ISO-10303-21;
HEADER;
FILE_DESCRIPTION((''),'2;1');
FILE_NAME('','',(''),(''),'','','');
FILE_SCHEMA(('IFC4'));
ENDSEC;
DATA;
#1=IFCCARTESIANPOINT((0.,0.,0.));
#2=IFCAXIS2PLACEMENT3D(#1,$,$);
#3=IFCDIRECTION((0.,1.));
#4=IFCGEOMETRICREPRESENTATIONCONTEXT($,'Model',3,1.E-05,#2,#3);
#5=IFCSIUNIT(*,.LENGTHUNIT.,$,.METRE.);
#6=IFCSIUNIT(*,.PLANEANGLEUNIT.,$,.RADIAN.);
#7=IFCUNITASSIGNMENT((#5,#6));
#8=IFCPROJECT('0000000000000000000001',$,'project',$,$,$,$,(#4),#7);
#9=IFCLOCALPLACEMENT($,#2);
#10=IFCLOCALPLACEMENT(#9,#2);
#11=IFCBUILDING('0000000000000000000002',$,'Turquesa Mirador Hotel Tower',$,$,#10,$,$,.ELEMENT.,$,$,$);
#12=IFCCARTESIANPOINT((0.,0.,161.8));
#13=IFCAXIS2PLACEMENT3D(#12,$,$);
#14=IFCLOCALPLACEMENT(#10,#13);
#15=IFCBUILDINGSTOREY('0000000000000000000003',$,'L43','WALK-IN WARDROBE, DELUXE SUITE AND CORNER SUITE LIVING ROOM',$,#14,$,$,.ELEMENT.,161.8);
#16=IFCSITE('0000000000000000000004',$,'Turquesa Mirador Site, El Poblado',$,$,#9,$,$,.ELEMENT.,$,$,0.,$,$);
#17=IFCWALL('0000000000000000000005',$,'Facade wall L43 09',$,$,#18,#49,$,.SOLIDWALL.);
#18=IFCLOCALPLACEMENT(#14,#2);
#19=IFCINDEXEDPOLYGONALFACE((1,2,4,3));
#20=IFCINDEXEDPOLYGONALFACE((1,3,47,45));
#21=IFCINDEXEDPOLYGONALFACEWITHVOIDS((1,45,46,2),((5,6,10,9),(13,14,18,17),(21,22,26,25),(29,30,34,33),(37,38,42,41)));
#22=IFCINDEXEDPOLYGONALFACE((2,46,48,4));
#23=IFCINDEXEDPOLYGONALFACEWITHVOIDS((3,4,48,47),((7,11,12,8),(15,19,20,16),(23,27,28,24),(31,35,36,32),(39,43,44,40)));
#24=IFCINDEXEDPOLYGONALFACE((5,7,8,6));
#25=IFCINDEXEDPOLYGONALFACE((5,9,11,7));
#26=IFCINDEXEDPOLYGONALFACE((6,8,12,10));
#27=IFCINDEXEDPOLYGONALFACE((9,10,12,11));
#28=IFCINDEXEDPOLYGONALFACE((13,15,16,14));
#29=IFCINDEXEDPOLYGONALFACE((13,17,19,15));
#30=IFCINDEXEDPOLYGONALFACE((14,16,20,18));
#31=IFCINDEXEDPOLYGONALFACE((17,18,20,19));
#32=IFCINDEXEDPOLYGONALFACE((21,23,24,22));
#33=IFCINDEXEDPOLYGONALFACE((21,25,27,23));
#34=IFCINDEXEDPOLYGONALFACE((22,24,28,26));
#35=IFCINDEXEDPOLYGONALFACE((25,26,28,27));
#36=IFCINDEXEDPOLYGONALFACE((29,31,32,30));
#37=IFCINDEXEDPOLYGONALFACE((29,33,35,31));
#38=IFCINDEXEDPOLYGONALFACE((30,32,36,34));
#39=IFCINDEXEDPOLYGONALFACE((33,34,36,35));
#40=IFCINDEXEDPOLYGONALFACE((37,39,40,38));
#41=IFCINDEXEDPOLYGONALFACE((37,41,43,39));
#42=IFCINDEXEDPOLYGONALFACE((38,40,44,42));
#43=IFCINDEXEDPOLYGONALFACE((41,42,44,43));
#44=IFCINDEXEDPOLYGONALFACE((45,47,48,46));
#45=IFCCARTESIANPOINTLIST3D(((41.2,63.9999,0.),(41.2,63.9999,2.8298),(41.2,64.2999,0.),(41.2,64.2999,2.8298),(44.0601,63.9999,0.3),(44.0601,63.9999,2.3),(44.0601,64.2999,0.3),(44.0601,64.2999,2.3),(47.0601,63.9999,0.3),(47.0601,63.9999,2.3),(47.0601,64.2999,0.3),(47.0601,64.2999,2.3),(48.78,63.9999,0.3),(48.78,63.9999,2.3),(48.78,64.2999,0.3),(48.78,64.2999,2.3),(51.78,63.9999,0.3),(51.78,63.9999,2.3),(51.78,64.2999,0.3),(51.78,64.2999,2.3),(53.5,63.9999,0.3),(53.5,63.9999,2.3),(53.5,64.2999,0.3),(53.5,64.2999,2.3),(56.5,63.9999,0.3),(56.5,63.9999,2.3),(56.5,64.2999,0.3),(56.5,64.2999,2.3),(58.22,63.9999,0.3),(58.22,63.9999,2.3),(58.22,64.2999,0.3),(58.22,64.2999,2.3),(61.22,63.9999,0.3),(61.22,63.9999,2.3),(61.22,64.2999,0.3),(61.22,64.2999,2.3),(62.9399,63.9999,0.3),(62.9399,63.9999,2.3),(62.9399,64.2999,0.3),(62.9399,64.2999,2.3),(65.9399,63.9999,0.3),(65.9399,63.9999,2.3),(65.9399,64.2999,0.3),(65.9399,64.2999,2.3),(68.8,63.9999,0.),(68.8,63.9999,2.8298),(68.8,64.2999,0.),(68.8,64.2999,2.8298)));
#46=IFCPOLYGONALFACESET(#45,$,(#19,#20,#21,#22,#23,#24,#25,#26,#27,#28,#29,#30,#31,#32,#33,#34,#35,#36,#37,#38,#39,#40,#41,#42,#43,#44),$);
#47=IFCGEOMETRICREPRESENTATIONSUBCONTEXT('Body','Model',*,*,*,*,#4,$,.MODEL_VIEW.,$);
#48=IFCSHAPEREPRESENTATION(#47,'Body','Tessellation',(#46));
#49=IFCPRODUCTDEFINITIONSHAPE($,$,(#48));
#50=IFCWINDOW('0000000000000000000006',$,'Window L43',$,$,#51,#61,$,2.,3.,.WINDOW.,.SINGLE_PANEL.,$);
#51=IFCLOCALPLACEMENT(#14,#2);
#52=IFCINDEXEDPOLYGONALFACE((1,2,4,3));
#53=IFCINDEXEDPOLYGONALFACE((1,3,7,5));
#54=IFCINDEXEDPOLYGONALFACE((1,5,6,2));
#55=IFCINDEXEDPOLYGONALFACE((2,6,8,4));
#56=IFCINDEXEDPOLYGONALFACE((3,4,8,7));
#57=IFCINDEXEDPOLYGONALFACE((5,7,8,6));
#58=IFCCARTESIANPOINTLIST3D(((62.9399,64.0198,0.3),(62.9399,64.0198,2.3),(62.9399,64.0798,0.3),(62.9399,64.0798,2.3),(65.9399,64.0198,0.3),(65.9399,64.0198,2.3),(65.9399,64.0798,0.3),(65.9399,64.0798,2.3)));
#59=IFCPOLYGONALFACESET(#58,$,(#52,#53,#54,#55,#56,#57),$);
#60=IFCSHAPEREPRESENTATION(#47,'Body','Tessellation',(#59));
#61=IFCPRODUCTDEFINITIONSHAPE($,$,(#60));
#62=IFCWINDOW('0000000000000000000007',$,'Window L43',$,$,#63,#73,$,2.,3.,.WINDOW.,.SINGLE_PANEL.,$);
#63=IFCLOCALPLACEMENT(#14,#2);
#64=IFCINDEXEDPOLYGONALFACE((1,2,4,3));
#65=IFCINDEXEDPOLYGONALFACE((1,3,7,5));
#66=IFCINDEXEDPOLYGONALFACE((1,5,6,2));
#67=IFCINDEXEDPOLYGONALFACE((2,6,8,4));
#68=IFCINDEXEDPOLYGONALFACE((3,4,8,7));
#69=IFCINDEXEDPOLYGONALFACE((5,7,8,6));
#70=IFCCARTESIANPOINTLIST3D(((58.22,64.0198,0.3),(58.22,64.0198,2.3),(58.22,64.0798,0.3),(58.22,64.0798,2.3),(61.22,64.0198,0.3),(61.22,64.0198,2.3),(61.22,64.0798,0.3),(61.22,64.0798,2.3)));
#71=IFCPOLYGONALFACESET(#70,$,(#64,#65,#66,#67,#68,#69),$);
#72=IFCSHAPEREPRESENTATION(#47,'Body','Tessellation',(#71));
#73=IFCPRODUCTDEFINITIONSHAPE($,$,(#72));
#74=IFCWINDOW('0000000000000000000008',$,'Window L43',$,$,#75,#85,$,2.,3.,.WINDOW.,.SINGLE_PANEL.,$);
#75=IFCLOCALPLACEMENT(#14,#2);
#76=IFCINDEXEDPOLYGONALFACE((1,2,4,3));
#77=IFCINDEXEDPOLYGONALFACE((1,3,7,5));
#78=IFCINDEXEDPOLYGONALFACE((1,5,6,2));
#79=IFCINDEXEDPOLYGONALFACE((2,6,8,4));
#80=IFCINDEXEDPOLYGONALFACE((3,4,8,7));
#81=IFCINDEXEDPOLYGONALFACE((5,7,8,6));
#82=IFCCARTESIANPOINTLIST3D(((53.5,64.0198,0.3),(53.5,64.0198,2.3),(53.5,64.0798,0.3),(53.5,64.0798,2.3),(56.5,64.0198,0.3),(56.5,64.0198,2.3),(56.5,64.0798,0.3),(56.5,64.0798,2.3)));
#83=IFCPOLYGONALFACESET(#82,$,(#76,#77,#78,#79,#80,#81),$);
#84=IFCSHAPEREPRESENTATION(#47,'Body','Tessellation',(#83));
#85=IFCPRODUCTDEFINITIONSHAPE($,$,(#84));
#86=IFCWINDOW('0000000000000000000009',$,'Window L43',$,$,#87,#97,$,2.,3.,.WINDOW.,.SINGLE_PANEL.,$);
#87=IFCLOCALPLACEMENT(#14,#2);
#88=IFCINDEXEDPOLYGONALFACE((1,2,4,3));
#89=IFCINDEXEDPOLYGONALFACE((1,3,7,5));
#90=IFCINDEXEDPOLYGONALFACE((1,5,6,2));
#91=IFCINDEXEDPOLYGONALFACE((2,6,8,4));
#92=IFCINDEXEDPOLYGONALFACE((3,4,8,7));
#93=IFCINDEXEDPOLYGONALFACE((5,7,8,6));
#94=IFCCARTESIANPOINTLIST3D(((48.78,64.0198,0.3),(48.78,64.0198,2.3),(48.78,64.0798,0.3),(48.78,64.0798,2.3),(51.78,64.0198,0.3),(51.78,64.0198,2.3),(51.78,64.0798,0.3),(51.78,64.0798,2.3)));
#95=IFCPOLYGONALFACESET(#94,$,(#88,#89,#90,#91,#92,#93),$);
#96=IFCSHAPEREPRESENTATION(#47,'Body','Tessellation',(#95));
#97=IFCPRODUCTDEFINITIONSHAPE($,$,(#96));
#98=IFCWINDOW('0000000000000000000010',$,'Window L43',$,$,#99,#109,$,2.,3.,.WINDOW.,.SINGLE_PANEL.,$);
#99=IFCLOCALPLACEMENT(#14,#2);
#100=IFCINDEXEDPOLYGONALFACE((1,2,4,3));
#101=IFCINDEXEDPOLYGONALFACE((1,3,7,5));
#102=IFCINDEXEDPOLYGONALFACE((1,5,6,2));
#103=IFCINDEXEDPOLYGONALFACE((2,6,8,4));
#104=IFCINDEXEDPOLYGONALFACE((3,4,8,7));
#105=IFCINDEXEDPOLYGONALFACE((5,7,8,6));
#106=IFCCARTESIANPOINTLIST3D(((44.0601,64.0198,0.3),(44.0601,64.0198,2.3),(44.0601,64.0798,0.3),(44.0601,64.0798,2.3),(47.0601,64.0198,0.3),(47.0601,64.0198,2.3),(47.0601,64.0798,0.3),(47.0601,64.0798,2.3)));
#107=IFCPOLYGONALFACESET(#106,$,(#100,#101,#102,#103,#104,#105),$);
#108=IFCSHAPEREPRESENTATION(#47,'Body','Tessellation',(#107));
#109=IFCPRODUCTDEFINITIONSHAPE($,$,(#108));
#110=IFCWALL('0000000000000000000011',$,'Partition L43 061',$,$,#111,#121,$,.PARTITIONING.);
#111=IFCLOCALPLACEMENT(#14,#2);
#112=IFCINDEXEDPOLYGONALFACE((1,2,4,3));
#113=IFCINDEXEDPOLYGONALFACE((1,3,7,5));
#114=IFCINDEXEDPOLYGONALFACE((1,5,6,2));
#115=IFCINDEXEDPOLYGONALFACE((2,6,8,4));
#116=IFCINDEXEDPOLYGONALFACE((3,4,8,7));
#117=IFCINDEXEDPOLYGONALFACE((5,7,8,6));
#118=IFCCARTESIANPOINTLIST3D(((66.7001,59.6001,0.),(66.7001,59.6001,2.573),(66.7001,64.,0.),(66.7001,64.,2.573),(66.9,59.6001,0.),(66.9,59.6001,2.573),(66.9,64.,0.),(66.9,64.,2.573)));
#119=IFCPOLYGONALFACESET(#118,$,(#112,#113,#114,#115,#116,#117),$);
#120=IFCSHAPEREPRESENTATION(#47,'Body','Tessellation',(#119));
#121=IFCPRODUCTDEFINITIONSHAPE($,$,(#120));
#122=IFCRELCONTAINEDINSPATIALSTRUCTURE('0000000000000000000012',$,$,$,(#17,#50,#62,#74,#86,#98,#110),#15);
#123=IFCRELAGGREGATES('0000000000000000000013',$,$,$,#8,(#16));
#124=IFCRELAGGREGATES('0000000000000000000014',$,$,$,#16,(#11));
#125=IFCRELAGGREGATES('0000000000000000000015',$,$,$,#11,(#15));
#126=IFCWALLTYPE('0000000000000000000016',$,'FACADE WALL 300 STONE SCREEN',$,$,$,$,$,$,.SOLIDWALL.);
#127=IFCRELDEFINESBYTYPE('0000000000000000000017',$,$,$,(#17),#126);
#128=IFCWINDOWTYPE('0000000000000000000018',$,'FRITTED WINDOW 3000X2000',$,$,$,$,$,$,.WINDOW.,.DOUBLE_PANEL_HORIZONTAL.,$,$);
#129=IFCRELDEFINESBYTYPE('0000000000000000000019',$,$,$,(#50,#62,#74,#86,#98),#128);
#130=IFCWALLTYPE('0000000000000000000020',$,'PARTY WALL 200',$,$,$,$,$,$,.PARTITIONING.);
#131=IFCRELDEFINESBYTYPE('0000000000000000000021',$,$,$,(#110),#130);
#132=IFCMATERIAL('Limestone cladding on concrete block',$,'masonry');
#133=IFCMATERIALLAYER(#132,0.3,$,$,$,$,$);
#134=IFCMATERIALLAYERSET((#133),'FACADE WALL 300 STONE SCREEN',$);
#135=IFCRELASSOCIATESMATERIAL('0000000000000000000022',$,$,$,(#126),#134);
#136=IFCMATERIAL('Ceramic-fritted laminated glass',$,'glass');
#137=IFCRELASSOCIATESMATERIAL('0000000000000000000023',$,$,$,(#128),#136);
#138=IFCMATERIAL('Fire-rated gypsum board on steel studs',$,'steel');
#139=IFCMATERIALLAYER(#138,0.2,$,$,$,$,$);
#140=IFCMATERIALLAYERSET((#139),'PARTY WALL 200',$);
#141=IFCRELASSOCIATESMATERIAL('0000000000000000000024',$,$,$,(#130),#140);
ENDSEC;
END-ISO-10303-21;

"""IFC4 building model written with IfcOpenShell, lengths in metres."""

from ifc_helpers import new_model, si_unit, direction, frame, frame_2d, origin, place, context, subcontext, project, spatial, rectangle, extrude, material, layer, layer_set, type_object, element, fill, save


model = new_model("IFC4")

# Units and contexts
model_context = context("Model", 3, precision=1e-05, world=origin(), true_north=direction((0.0, 1.0)))
body_context = subcontext(model_context, "Body", "Model", "MODEL_VIEW")
ifc_project = project(units=[si_unit("LENGTHUNIT", "METRE"), si_unit("PLANEANGLEUNIT", "RADIAN")], contexts=[model_context])

# Site, building, storey
site_placement = place(None, origin())
site = spatial("IfcSite", under=ifc_project, at=site_placement, Name="Turquesa Mirador Site, El Poblado", CompositionType="ELEMENT", RefElevation=0.0)
building_placement = place(site_placement, origin())
building = spatial("IfcBuilding", under=site, at=building_placement, Name="Turquesa Mirador Hotel Tower", CompositionType="ELEMENT")
storey_placement = place(building_placement, frame((0.0, 0.0, 161.8)))
storey = spatial("IfcBuildingStorey", under=building, at=storey_placement, Name="L43", Description="WALK-IN WARDROBE, DELUXE SUITE AND CORNER SUITE LIVING ROOM", CompositionType="ELEMENT", Elevation=161.8)

# Shared definitions
ifc_material_1 = material(Name="Limestone cladding on concrete block", Category="masonry")
ifc_layer_1 = layer(ifc_material_1, 0.3)
ifc_layer_set_1 = layer_set([ifc_layer_1], Name="FACADE WALL 300 STONE SCREEN")
wall_type_1 = type_object("IfcWallType", Name="FACADE WALL 300 STONE SCREEN", PredefinedType="SOLIDWALL", material=ifc_layer_set_1)

# Wall, openings, windows
wall_1_placement = place(storey_placement, frame((68.8, 64.1499, 0.0), z_axis=(0.0, 0.0, 1.0), x_axis=(-1.0, 0.0, 0.0)))
wall_1 = element("IfcWall", 1, at=wall_1_placement, inside=storey, type_object=wall_type_1, Name="Facade wall L43 09", PredefinedType="SOLIDWALL", context=body_context, shape_type="SweptSolid", body=[
    extrude(rectangle(XDim=27.6001, YDim=0.3, at=frame_2d((13.8, 0.0))), origin(), (0.0, 0.0, 1.0), 2.8298),
])
opening_1_placement = place(wall_1_placement, frame((2.8601, 0.0, 0.3)))
opening_1 = element("IfcOpeningElement", 2, at=opening_1_placement, cuts=wall_1, PredefinedType="OPENING", context=body_context, shape_type="SweptSolid", body=[
    extrude(rectangle(XDim=3.0, YDim=2.0, at=frame_2d((1.5, 1.0))), frame((0.0, 0.1599, 0.0), z_axis=(0.0, -1.0, 0.0), x_axis=(1.0, 0.0, 0.0)), (0.0, 0.0, 1.0), 0.3201),
])
opening_2_placement = place(wall_1_placement, frame((7.5801, 0.0, 0.3)))
opening_2 = element("IfcOpeningElement", 3, at=opening_2_placement, cuts=wall_1, PredefinedType="OPENING", context=body_context, shape_type="SweptSolid", body=[
    extrude(rectangle(XDim=3.0, YDim=2.0, at=frame_2d((1.5, 1.0))), frame((0.0, 0.1599, 0.0), z_axis=(0.0, -1.0, 0.0), x_axis=(1.0, 0.0, 0.0)), (0.0, 0.0, 1.0), 0.3201),
])
opening_3_placement = place(wall_1_placement, frame((12.3, 0.0, 0.3)))
opening_3 = element("IfcOpeningElement", 4, at=opening_3_placement, cuts=wall_1, PredefinedType="OPENING", context=body_context, shape_type="SweptSolid", body=[
    extrude(rectangle(XDim=3.0, YDim=2.0, at=frame_2d((1.5, 1.0))), frame((0.0, 0.1599, 0.0), z_axis=(0.0, -1.0, 0.0), x_axis=(1.0, 0.0, 0.0)), (0.0, 0.0, 1.0), 0.3201),
])
opening_4_placement = place(wall_1_placement, frame((17.02, 0.0, 0.3)))
opening_4 = element("IfcOpeningElement", 5, at=opening_4_placement, cuts=wall_1, PredefinedType="OPENING", context=body_context, shape_type="SweptSolid", body=[
    extrude(rectangle(XDim=3.0, YDim=2.0, at=frame_2d((1.5, 1.0))), frame((0.0, 0.1599, 0.0), z_axis=(0.0, -1.0, 0.0), x_axis=(1.0, 0.0, 0.0)), (0.0, 0.0, 1.0), 0.3201),
])
opening_5_placement = place(wall_1_placement, frame((21.74, 0.0, 0.3)))
opening_5 = element("IfcOpeningElement", 6, at=opening_5_placement, cuts=wall_1, PredefinedType="OPENING", context=body_context, shape_type="SweptSolid", body=[
    extrude(rectangle(XDim=3.0, YDim=2.0, at=frame_2d((1.5, 1.0))), frame((0.0, 0.1599, 0.0), z_axis=(0.0, -1.0, 0.0), x_axis=(1.0, 0.0, 0.0)), (0.0, 0.0, 1.0), 0.3201),
])
ifc_material_2 = material(Name="Ceramic-fritted laminated glass", Category="glass")
window_type_1 = type_object("IfcWindowType", Name="FRITTED WINDOW 3000X2000", PartitioningType="DOUBLE_PANEL_HORIZONTAL", PredefinedType="WINDOW", material=ifc_material_2)
window_1_placement = place(opening_1_placement, origin())
window_1 = element("IfcWindow", 7, at=window_1_placement, inside=storey, type_object=window_type_1, Name="Window L43", OverallHeight=2.0, OverallWidth=3.0, PartitioningType="SINGLE_PANEL", PredefinedType="WINDOW", context=body_context, shape_type="SweptSolid", body=[
    extrude(rectangle(XDim=3.0, YDim=2.0, at=frame_2d((1.5, 1.0))), frame((0.0, 0.1301, 0.0), z_axis=(0.0, -1.0, 0.0), x_axis=(1.0, 0.0, 0.0)), (0.0, 0.0, 1.0), 0.0601),
])
fill(opening_1, window_1)
window_2_placement = place(opening_2_placement, origin())
window_2 = element("IfcWindow", 8, at=window_2_placement, inside=storey, type_object=window_type_1, Name="Window L43", OverallHeight=2.0, OverallWidth=3.0, PartitioningType="SINGLE_PANEL", PredefinedType="WINDOW", context=body_context, shape_type="SweptSolid", body=[
    extrude(rectangle(XDim=3.0, YDim=2.0, at=frame_2d((1.5, 1.0))), frame((0.0, 0.1301, 0.0), z_axis=(0.0, -1.0, 0.0), x_axis=(1.0, 0.0, 0.0)), (0.0, 0.0, 1.0), 0.0601),
])
fill(opening_2, window_2)
window_3_placement = place(opening_3_placement, origin())
window_3 = element("IfcWindow", 9, at=window_3_placement, inside=storey, type_object=window_type_1, Name="Window L43", OverallHeight=2.0, OverallWidth=3.0, PartitioningType="SINGLE_PANEL", PredefinedType="WINDOW", context=body_context, shape_type="SweptSolid", body=[
    extrude(rectangle(XDim=3.0, YDim=2.0, at=frame_2d((1.5, 1.0))), frame((0.0, 0.1301, 0.0), z_axis=(0.0, -1.0, 0.0), x_axis=(1.0, 0.0, 0.0)), (0.0, 0.0, 1.0), 0.0601),
])
fill(opening_3, window_3)
window_4_placement = place(opening_4_placement, origin())
window_4 = element("IfcWindow", 10, at=window_4_placement, inside=storey, type_object=window_type_1, Name="Window L43", OverallHeight=2.0, OverallWidth=3.0, PartitioningType="SINGLE_PANEL", PredefinedType="WINDOW", context=body_context, shape_type="SweptSolid", body=[
    extrude(rectangle(XDim=3.0, YDim=2.0, at=frame_2d((1.5, 1.0))), frame((0.0, 0.1301, 0.0), z_axis=(0.0, -1.0, 0.0), x_axis=(1.0, 0.0, 0.0)), (0.0, 0.0, 1.0), 0.0601),
])
fill(opening_4, window_4)
window_5_placement = place(opening_5_placement, origin())
window_5 = element("IfcWindow", 11, at=window_5_placement, inside=storey, type_object=window_type_1, Name="Window L43", OverallHeight=2.0, OverallWidth=3.0, PartitioningType="SINGLE_PANEL", PredefinedType="WINDOW", context=body_context, shape_type="SweptSolid", body=[
    extrude(rectangle(XDim=3.0, YDim=2.0, at=frame_2d((1.5, 1.0))), frame((0.0, 0.1301, 0.0), z_axis=(0.0, -1.0, 0.0), x_axis=(1.0, 0.0, 0.0)), (0.0, 0.0, 1.0), 0.0601),
])
fill(opening_5, window_5)

# Wall
ifc_material_3 = material(Name="Fire-rated gypsum board on steel studs", Category="steel")
ifc_layer_2 = layer(ifc_material_3, 0.2)
ifc_layer_set_2 = layer_set([ifc_layer_2], Name="PARTY WALL 200")
wall_type_2 = type_object("IfcWallType", Name="PARTY WALL 200", PredefinedType="PARTITIONING", material=ifc_layer_set_2)
wall_2_placement = place(storey_placement, frame((66.8, 59.6001, 0.0), z_axis=(0.0, 0.0, 1.0), x_axis=(0.0, 1.0, 0.0)))
element("IfcWall", 12, at=wall_2_placement, inside=storey, type_object=wall_type_2, Name="Partition L43 061", PredefinedType="PARTITIONING", context=body_context, shape_type="SweptSolid", body=[
    extrude(rectangle(XDim=4.3999, YDim=0.2, at=frame_2d((2.2, 0.0))), origin(), (0.0, 0.0, 1.0), 2.573),
])

save(model, "model.ifc")
